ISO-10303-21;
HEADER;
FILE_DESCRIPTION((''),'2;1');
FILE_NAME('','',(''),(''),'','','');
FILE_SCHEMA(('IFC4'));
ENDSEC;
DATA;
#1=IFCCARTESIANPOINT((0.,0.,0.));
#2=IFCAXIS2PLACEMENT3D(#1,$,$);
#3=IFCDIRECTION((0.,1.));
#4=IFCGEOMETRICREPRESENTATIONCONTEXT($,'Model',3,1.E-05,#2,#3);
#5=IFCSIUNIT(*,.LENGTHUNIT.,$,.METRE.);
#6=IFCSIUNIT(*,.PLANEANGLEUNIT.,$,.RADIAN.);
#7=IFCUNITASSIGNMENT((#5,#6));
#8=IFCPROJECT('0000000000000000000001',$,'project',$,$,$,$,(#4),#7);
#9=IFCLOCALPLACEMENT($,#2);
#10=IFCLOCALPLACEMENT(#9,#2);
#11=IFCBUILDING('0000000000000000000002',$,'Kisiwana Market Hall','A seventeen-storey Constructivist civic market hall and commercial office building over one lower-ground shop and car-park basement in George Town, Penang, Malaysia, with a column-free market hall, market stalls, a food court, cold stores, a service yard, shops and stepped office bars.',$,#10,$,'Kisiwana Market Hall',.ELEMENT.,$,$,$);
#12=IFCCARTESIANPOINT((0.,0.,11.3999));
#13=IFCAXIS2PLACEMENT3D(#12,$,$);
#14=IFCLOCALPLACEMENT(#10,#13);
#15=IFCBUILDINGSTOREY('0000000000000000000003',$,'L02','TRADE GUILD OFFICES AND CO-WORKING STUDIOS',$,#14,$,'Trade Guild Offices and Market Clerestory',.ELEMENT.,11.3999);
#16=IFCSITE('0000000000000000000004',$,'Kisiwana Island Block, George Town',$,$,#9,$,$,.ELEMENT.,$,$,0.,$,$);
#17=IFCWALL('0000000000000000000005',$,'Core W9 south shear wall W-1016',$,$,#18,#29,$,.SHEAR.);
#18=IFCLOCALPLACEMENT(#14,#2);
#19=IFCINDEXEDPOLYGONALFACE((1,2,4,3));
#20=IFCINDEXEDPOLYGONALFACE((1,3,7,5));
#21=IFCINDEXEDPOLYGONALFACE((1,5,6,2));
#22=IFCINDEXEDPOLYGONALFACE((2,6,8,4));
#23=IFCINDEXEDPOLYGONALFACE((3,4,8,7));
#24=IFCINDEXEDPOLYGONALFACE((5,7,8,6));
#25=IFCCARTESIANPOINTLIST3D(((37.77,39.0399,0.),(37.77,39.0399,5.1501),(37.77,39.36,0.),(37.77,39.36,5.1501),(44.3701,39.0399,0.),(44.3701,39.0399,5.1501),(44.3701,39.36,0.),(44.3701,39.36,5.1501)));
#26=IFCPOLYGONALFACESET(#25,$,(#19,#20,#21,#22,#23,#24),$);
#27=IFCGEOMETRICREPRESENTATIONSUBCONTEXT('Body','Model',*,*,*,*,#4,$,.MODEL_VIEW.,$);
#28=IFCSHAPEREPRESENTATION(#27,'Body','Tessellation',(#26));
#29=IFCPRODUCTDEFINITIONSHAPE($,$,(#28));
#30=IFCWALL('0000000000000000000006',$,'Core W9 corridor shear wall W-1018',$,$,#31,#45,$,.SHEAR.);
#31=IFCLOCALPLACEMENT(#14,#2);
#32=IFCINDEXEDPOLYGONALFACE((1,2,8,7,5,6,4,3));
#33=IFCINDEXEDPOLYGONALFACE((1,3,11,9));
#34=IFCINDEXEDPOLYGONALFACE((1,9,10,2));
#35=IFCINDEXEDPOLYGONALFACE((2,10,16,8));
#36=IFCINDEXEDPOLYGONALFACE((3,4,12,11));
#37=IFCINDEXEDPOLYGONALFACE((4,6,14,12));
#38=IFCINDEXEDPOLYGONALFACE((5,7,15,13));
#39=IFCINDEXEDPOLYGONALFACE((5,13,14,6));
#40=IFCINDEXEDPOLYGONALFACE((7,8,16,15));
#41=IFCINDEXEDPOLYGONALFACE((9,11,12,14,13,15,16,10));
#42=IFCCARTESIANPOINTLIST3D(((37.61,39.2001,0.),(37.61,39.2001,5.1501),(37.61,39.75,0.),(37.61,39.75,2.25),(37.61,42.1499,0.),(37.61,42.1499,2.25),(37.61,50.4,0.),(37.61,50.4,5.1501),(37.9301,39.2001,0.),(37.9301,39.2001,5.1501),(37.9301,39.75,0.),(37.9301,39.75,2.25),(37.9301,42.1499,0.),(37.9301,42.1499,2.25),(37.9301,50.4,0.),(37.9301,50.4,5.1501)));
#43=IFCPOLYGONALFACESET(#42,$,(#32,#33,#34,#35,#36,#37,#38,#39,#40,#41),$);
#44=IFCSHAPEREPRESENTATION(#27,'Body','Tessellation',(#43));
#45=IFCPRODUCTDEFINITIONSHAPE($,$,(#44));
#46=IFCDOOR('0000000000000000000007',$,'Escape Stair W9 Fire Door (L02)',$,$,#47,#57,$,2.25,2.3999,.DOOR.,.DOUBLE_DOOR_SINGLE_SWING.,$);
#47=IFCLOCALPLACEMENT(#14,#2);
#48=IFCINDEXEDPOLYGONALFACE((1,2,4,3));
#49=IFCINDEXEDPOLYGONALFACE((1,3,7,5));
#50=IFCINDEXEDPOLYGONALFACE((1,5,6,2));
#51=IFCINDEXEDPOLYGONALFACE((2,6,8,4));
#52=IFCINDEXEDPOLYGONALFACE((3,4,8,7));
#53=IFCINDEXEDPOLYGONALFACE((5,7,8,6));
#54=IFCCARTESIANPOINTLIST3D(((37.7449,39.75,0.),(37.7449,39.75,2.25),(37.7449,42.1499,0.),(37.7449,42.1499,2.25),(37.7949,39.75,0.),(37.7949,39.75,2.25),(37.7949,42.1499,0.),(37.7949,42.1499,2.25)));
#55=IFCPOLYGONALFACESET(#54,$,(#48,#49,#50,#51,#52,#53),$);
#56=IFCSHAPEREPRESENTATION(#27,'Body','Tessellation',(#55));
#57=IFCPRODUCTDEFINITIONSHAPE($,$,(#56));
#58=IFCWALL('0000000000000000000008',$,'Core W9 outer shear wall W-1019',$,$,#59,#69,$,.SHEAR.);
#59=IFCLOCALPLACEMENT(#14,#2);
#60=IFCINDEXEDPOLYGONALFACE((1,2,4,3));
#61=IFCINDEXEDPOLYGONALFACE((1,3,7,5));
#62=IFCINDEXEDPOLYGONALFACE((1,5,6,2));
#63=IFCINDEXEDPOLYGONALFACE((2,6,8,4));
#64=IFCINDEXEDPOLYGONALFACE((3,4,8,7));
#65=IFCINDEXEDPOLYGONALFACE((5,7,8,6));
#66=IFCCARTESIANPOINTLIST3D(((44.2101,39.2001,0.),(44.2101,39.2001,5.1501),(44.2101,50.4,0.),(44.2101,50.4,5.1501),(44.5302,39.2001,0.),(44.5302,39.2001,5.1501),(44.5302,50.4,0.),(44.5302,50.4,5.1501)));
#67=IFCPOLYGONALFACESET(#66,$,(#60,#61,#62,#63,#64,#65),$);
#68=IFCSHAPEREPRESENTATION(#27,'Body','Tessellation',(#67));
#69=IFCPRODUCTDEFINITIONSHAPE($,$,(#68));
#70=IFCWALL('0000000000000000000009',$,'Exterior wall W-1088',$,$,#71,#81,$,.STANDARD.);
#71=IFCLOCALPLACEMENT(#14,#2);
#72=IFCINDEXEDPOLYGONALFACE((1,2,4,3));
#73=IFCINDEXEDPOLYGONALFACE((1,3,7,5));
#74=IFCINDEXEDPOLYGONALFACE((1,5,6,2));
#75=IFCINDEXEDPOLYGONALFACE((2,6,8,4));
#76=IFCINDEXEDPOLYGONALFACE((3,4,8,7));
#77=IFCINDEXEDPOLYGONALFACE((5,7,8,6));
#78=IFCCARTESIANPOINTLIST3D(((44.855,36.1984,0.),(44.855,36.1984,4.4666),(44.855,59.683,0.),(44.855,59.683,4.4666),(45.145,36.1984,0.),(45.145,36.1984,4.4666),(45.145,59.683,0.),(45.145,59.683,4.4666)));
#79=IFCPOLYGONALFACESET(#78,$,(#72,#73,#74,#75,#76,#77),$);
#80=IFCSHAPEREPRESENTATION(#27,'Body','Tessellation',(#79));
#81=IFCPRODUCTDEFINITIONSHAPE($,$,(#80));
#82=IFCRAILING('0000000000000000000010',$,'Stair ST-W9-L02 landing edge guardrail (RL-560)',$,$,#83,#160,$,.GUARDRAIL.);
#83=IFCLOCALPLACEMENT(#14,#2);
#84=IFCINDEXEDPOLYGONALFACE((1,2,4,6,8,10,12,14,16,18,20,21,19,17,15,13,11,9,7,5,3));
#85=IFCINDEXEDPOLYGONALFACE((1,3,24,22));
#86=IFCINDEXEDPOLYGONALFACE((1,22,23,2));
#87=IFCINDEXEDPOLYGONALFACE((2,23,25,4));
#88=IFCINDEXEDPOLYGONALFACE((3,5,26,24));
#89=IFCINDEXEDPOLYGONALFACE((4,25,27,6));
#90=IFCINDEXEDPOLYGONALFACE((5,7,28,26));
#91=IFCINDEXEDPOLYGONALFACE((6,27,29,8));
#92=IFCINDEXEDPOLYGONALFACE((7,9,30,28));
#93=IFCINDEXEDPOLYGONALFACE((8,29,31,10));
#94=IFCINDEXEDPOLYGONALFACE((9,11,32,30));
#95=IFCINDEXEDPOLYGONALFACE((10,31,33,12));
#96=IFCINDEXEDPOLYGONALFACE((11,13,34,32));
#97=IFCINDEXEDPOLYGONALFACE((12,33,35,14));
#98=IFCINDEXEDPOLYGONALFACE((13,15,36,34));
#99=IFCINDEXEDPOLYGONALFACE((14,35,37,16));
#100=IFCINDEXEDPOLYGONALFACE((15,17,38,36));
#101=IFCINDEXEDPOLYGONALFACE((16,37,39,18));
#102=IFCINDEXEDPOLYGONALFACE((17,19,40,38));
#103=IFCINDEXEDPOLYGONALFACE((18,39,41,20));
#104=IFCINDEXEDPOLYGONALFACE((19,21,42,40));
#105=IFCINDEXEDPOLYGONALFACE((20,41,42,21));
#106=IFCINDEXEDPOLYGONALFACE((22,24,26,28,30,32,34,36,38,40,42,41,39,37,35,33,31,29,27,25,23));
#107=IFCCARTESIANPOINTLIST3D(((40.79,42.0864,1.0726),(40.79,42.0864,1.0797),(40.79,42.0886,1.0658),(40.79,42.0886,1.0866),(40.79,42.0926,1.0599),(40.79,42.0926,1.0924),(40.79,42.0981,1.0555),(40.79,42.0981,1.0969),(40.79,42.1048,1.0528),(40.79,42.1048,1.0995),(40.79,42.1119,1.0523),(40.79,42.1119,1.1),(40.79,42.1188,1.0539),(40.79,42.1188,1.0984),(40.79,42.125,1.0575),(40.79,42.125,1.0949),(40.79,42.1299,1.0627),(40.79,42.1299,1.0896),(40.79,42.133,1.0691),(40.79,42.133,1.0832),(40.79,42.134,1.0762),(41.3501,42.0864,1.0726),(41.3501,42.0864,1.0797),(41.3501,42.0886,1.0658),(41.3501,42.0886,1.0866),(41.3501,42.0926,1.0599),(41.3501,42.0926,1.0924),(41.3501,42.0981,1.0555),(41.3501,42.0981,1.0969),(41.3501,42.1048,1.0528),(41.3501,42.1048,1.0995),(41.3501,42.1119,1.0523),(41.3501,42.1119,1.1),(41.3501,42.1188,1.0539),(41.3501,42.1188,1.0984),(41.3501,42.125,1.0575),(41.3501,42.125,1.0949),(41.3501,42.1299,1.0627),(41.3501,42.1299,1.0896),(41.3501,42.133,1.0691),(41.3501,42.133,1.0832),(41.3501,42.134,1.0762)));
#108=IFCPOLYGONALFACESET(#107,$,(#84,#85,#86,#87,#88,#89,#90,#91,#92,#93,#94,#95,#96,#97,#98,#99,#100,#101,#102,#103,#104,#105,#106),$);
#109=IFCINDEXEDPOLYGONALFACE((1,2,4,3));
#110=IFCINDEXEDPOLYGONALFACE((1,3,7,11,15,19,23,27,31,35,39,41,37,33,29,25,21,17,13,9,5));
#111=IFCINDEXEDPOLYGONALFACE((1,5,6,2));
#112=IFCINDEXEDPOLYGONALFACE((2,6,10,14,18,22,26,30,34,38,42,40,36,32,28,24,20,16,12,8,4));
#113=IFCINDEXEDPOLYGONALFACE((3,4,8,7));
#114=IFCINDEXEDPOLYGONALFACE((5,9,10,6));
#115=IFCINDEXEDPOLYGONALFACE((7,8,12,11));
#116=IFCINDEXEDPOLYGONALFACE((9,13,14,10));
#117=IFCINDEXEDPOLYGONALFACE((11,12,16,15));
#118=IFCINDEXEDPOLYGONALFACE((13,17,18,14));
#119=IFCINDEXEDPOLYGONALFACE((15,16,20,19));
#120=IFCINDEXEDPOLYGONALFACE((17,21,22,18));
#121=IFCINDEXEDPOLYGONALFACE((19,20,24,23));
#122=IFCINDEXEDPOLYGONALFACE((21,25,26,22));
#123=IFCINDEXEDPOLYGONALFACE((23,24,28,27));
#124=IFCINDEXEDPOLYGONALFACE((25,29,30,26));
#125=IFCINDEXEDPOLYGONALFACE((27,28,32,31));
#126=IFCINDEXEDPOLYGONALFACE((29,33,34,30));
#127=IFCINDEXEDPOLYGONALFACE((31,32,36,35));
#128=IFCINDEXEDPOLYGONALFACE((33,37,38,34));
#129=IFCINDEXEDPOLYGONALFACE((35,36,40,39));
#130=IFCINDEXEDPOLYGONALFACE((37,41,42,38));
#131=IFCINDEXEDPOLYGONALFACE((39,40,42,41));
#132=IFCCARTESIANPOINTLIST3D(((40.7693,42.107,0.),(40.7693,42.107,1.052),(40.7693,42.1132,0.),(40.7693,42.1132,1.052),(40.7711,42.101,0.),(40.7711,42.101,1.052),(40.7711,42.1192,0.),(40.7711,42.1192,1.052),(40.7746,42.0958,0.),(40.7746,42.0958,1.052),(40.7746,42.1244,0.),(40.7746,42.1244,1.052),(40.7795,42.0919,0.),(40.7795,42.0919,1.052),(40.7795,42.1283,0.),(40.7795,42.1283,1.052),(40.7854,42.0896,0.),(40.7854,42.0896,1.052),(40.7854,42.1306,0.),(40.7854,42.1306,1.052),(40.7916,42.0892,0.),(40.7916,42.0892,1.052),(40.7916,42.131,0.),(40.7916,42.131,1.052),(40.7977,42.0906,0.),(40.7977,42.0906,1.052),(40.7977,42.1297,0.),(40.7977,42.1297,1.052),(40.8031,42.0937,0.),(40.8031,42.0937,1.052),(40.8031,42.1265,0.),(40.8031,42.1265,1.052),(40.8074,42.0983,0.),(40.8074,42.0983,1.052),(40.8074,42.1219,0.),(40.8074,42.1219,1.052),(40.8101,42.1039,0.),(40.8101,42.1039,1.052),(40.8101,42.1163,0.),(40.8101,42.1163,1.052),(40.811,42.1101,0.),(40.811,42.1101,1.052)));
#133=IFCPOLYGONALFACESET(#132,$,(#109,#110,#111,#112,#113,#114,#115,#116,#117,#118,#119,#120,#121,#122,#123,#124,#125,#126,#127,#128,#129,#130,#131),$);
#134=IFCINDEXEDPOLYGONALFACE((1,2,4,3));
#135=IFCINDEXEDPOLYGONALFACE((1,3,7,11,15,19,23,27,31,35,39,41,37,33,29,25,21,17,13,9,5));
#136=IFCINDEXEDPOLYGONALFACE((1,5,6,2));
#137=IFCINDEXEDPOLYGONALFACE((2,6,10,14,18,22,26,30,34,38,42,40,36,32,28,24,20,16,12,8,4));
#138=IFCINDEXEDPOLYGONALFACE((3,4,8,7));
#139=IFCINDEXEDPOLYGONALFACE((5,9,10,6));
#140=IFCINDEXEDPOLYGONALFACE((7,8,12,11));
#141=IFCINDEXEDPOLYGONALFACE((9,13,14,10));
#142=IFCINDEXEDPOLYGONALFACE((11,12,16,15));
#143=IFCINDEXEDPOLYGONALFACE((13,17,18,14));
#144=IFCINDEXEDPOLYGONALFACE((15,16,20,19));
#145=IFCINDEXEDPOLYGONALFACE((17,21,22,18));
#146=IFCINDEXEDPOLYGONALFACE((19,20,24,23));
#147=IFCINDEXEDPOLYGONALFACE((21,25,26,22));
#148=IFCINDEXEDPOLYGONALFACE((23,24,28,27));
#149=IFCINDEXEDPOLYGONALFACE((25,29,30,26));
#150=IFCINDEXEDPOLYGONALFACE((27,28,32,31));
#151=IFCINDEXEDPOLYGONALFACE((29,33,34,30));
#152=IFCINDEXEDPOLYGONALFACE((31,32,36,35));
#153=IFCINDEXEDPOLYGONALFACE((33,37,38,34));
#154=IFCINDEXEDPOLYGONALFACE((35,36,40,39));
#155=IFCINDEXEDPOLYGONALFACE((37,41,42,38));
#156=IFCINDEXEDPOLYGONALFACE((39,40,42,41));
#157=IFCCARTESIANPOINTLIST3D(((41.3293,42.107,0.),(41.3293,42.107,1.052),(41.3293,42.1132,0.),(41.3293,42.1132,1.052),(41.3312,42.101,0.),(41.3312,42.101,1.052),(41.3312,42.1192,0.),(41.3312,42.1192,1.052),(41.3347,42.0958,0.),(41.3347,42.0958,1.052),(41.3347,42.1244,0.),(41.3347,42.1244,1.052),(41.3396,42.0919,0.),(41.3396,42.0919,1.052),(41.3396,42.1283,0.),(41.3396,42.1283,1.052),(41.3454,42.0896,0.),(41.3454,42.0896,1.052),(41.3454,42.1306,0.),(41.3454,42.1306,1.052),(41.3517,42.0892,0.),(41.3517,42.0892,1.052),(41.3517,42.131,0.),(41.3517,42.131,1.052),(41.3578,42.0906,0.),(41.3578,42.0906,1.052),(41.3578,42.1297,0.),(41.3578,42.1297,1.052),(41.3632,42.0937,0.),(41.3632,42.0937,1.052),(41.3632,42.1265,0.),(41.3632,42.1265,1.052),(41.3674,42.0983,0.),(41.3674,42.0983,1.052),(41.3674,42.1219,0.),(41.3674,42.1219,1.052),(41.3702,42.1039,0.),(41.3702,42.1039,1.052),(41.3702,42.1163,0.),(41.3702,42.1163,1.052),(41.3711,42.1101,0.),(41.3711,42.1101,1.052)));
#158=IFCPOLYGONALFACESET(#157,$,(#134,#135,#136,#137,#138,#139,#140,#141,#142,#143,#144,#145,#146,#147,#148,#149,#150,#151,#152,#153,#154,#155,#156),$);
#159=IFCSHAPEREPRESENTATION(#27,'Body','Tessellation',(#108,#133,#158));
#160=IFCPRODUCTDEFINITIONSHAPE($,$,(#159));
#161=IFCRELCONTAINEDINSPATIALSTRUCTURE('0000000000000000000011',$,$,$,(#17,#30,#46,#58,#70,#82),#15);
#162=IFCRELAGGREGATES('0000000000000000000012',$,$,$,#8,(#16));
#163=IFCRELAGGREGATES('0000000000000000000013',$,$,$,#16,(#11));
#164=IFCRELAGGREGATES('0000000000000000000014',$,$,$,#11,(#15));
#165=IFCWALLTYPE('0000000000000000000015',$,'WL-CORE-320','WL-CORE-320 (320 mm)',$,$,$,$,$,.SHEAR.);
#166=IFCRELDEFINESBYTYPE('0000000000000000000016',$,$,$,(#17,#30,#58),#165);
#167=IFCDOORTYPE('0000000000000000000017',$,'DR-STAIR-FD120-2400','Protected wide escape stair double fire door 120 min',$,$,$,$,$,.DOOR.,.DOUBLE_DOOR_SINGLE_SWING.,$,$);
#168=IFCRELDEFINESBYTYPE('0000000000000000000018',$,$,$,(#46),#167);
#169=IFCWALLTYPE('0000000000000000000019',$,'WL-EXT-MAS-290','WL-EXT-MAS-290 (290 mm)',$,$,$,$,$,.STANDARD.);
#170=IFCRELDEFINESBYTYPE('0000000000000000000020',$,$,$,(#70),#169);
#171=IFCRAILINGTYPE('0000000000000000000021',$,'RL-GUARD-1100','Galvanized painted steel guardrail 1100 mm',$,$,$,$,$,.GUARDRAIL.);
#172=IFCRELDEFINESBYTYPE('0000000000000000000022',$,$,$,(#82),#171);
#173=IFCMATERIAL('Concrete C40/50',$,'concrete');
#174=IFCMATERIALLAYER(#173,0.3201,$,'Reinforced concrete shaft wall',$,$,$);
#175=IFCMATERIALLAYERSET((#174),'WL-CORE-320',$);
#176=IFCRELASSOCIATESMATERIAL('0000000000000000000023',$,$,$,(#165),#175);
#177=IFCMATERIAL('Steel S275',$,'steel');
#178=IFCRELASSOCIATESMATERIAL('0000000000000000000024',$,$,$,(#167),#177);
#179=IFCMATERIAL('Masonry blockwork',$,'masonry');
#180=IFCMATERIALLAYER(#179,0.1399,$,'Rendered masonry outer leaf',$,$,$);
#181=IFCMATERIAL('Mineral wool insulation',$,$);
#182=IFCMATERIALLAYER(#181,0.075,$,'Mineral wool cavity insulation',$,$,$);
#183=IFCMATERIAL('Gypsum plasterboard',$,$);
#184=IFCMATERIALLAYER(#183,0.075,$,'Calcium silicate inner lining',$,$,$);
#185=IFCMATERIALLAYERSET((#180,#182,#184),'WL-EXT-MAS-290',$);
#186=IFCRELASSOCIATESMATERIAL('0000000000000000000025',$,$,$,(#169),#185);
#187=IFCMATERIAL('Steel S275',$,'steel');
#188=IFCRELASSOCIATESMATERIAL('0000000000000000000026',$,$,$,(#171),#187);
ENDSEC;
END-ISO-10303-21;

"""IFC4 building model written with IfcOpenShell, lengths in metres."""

from ifc_helpers import new_model, si_unit, direction, frame, frame_2d, origin, origin_2d, place, context, subcontext, project, spatial, rectangle, circle, extrude, material, layer, layer_set, type_object, element, fill, save


model = new_model("IFC4")

# Units and contexts
model_context = context("Model", 3, precision=1e-05, world=origin(), true_north=direction((0.0, 1.0)))
body_context = subcontext(model_context, "Body", "Model", "MODEL_VIEW")
ifc_project = project(units=[si_unit("LENGTHUNIT", "METRE"), si_unit("PLANEANGLEUNIT", "RADIAN")], contexts=[model_context])

# Site, building, storey
site_placement = place(None, origin())
site = spatial("IfcSite", under=ifc_project, at=site_placement, Name="Kisiwana Island Block, George Town", CompositionType="ELEMENT", RefElevation=0.0)
building_placement = place(site_placement, origin())
building = spatial("IfcBuilding", under=site, at=building_placement, Name="Kisiwana Market Hall", Description="A seventeen-storey Constructivist civic market hall and commercial office building over one lower-ground shop and car-park basement in George Town, Penang, Malaysia, with a column-free market hall, market stalls, a food court, cold stores, a service yard, shops and stepped office bars.", LongName="Kisiwana Market Hall", CompositionType="ELEMENT")
storey_placement = place(building_placement, frame((0.0, 0.0, 11.3999)))
storey = spatial("IfcBuildingStorey", under=building, at=storey_placement, Name="L02", Description="TRADE GUILD OFFICES AND CO-WORKING STUDIOS", LongName="Trade Guild Offices and Market Clerestory", CompositionType="ELEMENT", Elevation=11.3999)

# Wall
ifc_material_1 = material(Name="Concrete C40/50", Category="concrete")
ifc_layer_1 = layer(ifc_material_1, 0.3201, Name="Reinforced concrete shaft wall")
ifc_layer_set_1 = layer_set([ifc_layer_1], Name="WL-CORE-320")
wall_type_1 = type_object("IfcWallType", Name="WL-CORE-320", Description="WL-CORE-320 (320 mm)", PredefinedType="SHEAR", material=ifc_layer_set_1)
wall_1_placement = place(storey_placement, frame((37.77, 39.2, 0.0), z_axis=(0.0, 0.0, 1.0), x_axis=(1.0, 0.0, 0.0)))
element("IfcWall", 1, at=wall_1_placement, inside=storey, type_object=wall_type_1, Name="Core W9 south shear wall W-1016", PredefinedType="SHEAR", context=body_context, shape_type="SweptSolid", body=[
    extrude(rectangle(XDim=6.6001, YDim=0.3201, at=frame_2d((3.3, 0.0))), origin(), (0.0, 0.0, 1.0), 5.1501),
])

# Wall, opening, door
wall_2_placement = place(storey_placement, frame((37.77, 39.2, 0.0), z_axis=(0.0, 0.0, 1.0), x_axis=(0.0, 1.0, 0.0)))
wall_2 = element("IfcWall", 2, at=wall_2_placement, inside=storey, type_object=wall_type_1, Name="Core W9 corridor shear wall W-1018", PredefinedType="SHEAR", context=body_context, shape_type="SweptSolid", body=[
    extrude(rectangle(XDim=11.2, YDim=0.3201, at=frame_2d((5.6001, 0.0))), origin(), (0.0, 0.0, 1.0), 5.1501),
])
opening_placement = place(wall_2_placement, frame((0.55, 0.0, 0.0)))
opening = element("IfcOpeningElement", 3, at=opening_placement, cuts=wall_2, PredefinedType="OPENING", context=body_context, shape_type="SweptSolid", body=[
    extrude(rectangle(XDim=2.3999, YDim=2.25, at=frame_2d((1.2, 1.125))), frame((0.0, 0.1719, 0.0), z_axis=(0.0, -1.0, 0.0), x_axis=(1.0, 0.0, 0.0)), (0.0, 0.0, 1.0), 0.344),
])
ifc_material_2 = material(Name="Steel S275", Category="steel")
door_type = type_object("IfcDoorType", Name="DR-STAIR-FD120-2400", Description="Protected wide escape stair double fire door 120 min", OperationType="DOUBLE_DOOR_SINGLE_SWING", PredefinedType="DOOR", material=ifc_material_2)
door_placement = place(opening_placement, frame((2.3999, 0.0, 0.0), z_axis=(0.0, 0.0, 1.0), x_axis=(-1.0, 0.0, 0.0)))
door = element("IfcDoor", 4, at=door_placement, inside=storey, type_object=door_type, Name="Escape Stair W9 Fire Door (L02)", OperationType="DOUBLE_DOOR_SINGLE_SWING", OverallHeight=2.25, OverallWidth=2.3999, PredefinedType="DOOR", context=body_context, shape_type="SweptSolid", body=[
    extrude(rectangle(XDim=2.3999, YDim=2.25, at=frame_2d((1.2, 1.125))), frame((0.0, 0.0249, 0.0), z_axis=(0.0, -1.0, 0.0), x_axis=(1.0, 0.0, 0.0)), (0.0, 0.0, 1.0), 0.05),
])
fill(opening, door)

# Walls
wall_3_placement = place(storey_placement, frame((44.3701, 39.2, 0.0), z_axis=(0.0, 0.0, 1.0), x_axis=(0.0, 1.0, 0.0)))
element("IfcWall", 5, at=wall_3_placement, inside=storey, type_object=wall_type_1, Name="Core W9 outer shear wall W-1019", PredefinedType="SHEAR", context=body_context, shape_type="SweptSolid", body=[
    extrude(rectangle(XDim=11.2, YDim=0.3201, at=frame_2d((5.6001, 0.0))), origin(), (0.0, 0.0, 1.0), 5.1501),
])
ifc_material_3 = material(Name="Masonry blockwork", Category="masonry")
ifc_layer_2 = layer(ifc_material_3, 0.1399, Name="Rendered masonry outer leaf")
ifc_material_4 = material(Name="Mineral wool insulation")
ifc_layer_3 = layer(ifc_material_4, 0.075, Name="Mineral wool cavity insulation")
ifc_material_5 = material(Name="Gypsum plasterboard")
ifc_layer_4 = layer(ifc_material_5, 0.075, Name="Calcium silicate inner lining")
ifc_layer_set_2 = layer_set([ifc_layer_2, ifc_layer_3, ifc_layer_4], Name="WL-EXT-MAS-290")
wall_type_2 = type_object("IfcWallType", Name="WL-EXT-MAS-290", Description="WL-EXT-MAS-290 (290 mm)", PredefinedType="STANDARD", material=ifc_layer_set_2)
wall_4_placement = place(storey_placement, frame((45.0, 36.1985, 0.0), z_axis=(0.0, 0.0, 1.0), x_axis=(0.0, 1.0, 0.0)))
element("IfcWall", 6, at=wall_4_placement, inside=storey, type_object=wall_type_2, Name="Exterior wall W-1088", PredefinedType="STANDARD", context=body_context, shape_type="SweptSolid", body=[
    extrude(rectangle(XDim=23.4846, YDim=0.29, at=frame_2d((11.7422, 0.0))), origin(), (0.0, 0.0, 1.0), 4.4666),
])

# Railing
ifc_material_6 = material(Name="Steel S275", Category="steel")
railing_type_1 = type_object("IfcRailingType", Name="RL-GUARD-1100", Description="Galvanized painted steel guardrail 1100 mm", PredefinedType="GUARDRAIL", material=ifc_material_6)
railing_1_placement = place(storey_placement, frame((40.79, 42.1101, 0.0)))
element("IfcRailing", 7, at=railing_1_placement, inside=storey, type_object=railing_type_1, Name="Stair ST-W9-L02 landing edge guardrail (RL-560)", PredefinedType="GUARDRAIL", context=body_context, shape_type="SweptSolid", body=[
    extrude(circle(Radius=0.0239, at=origin_2d()), frame((0.0, 0.0, 1.0762), z_axis=(1.0, 0.0, 0.0), x_axis=(0.0, 1.0, 0.0)), (0.0, 0.0, 1.0), 0.5601),
    extrude(circle(Radius=0.021, at=origin_2d()), origin(), (0.0, 0.0, 1.0), 1.052),
    extrude(circle(Radius=0.021, at=origin_2d()), frame((0.5601, 0.0, 0.0)), (0.0, 0.0, 1.0), 1.052),
])

save(model, "model.ifc")
